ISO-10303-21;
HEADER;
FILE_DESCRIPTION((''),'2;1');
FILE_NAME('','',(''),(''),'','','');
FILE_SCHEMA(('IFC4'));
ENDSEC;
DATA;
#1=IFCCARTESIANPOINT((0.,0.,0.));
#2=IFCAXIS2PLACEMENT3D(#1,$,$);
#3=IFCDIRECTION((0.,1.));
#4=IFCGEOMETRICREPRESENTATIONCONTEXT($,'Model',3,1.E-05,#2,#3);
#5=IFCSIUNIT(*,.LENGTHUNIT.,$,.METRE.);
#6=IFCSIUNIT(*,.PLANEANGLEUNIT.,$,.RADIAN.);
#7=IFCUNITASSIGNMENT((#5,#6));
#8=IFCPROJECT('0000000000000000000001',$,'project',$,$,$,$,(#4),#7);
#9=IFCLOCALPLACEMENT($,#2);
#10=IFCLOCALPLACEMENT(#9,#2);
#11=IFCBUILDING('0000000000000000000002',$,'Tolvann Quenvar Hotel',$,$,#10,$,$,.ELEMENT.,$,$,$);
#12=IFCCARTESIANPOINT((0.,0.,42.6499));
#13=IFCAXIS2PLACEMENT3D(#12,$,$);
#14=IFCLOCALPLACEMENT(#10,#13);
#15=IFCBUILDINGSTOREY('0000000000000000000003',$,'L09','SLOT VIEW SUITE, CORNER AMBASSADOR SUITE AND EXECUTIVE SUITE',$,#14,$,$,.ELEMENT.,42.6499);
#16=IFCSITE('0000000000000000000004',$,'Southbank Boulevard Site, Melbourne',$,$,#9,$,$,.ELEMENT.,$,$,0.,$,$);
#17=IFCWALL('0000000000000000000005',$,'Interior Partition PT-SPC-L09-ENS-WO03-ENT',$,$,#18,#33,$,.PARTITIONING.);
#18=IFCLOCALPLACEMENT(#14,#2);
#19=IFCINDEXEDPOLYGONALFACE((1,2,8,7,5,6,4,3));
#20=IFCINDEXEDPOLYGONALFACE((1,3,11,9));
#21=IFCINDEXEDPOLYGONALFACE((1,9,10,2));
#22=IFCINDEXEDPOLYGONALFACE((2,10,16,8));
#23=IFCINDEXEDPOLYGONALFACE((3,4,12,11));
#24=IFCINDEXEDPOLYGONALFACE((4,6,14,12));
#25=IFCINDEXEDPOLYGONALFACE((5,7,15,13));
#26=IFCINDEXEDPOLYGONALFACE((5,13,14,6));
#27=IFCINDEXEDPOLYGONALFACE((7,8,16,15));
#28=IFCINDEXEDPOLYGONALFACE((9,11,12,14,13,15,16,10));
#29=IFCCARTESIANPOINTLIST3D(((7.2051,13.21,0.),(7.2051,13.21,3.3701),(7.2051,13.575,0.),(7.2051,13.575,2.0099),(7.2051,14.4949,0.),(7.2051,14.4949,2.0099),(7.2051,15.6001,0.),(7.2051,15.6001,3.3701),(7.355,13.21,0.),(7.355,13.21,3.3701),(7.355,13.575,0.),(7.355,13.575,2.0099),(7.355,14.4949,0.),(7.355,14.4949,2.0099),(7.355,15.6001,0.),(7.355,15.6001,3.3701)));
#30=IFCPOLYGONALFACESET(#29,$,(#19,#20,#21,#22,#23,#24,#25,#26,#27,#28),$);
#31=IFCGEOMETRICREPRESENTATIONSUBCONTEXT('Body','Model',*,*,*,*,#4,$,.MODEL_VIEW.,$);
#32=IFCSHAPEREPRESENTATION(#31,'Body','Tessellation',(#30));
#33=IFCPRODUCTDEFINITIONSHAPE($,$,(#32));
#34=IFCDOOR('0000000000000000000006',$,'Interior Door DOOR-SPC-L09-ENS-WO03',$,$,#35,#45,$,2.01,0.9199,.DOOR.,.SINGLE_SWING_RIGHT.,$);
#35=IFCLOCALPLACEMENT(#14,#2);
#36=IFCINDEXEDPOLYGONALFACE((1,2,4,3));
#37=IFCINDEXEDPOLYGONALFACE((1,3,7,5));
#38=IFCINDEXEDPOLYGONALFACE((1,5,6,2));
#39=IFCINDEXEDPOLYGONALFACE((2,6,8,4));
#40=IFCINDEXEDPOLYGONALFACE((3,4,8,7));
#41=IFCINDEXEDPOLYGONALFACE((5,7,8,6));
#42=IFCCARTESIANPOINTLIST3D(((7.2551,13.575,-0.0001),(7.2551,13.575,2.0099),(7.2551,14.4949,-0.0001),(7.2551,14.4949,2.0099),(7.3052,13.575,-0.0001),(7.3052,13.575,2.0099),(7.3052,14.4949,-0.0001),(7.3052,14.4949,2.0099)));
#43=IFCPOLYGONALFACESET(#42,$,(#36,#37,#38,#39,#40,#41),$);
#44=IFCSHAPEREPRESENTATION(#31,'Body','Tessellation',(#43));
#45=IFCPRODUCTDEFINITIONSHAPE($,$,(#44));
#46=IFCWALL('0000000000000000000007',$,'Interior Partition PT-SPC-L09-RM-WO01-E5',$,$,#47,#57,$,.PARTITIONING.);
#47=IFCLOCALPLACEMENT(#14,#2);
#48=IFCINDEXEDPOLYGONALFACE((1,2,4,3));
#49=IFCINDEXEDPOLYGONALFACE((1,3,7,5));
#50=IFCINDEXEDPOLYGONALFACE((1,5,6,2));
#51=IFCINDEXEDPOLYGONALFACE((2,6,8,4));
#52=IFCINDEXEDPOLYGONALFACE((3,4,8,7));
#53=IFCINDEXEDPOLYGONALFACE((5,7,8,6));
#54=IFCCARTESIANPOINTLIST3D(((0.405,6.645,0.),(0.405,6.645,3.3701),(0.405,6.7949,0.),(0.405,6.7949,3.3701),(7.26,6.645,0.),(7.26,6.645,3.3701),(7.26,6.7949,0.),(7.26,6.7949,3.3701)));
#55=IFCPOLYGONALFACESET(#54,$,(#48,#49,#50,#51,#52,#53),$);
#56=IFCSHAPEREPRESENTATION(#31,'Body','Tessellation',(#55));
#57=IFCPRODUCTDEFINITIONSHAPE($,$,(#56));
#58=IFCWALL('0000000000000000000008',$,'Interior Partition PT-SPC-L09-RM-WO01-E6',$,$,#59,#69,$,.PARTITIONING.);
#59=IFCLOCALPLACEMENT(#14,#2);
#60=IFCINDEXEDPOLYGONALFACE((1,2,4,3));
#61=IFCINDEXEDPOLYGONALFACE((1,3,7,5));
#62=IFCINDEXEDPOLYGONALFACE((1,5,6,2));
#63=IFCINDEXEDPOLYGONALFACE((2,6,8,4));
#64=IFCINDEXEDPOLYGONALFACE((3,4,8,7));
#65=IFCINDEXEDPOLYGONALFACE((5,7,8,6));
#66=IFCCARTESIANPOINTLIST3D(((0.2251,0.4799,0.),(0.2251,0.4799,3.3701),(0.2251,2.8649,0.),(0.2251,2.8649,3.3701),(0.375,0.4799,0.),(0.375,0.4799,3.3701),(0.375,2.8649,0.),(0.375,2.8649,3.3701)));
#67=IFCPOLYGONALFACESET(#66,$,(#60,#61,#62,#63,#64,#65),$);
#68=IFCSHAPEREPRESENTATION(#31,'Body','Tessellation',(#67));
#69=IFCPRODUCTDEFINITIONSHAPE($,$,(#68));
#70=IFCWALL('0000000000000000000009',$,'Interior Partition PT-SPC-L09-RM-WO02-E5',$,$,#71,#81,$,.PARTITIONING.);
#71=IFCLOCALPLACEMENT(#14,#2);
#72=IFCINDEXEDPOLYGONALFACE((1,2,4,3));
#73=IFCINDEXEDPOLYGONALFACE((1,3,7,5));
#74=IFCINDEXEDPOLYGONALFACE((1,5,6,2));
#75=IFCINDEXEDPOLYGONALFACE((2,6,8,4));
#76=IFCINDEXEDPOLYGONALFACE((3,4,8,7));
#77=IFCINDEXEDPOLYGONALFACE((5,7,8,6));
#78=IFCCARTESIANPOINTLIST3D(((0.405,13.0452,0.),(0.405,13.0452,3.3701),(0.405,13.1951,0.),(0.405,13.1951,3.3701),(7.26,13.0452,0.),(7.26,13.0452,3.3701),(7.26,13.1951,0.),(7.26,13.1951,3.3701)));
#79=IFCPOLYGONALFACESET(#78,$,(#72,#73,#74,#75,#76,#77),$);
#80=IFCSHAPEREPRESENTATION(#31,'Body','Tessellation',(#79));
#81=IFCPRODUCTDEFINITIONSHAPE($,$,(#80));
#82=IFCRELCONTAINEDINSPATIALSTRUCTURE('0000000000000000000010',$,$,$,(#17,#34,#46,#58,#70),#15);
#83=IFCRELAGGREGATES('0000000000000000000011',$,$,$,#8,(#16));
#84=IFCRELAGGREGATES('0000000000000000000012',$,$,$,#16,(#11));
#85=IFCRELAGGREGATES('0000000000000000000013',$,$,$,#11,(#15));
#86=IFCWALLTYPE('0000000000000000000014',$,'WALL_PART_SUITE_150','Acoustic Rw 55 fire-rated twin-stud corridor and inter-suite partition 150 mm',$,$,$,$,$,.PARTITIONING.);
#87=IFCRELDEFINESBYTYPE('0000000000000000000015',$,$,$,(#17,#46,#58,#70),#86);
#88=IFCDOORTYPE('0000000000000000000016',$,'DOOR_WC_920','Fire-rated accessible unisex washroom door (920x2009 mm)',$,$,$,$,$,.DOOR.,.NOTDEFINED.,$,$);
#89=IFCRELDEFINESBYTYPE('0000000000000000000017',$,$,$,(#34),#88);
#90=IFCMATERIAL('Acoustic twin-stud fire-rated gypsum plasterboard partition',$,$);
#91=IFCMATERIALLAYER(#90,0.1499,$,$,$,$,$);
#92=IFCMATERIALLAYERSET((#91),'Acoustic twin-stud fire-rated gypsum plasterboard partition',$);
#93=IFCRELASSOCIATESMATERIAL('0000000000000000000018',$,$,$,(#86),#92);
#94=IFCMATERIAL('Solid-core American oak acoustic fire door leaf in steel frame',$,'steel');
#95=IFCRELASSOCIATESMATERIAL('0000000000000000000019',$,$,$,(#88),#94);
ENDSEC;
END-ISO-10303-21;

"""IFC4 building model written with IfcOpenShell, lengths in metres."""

from ifc_helpers import new_model, si_unit, direction, frame, frame_2d, origin, place, context, subcontext, project, spatial, rectangle, extrude, source, transform, mapped, material, layer, layer_set, type_object, type_shapes, element, fill, save


model = new_model("IFC4")

# Units and contexts
model_context = context("Model", 3, precision=1e-05, world=origin(), true_north=direction((0.0, 1.0)))
body_context = subcontext(model_context, "Body", "Model", "MODEL_VIEW")
ifc_project = project(units=[si_unit("LENGTHUNIT", "METRE"), si_unit("PLANEANGLEUNIT", "RADIAN")], contexts=[model_context])

# Site, building, storey
site_placement = place(None, origin())
site = spatial("IfcSite", under=ifc_project, at=site_placement, Name="Southbank Boulevard Site, Melbourne", CompositionType="ELEMENT", RefElevation=0.0)
building_placement = place(site_placement, origin())
building = spatial("IfcBuilding", under=site, at=building_placement, Name="Tolvann Quenvar Hotel", CompositionType="ELEMENT")
storey_placement = place(building_placement, frame((0.0, 0.0, 42.6499)))
storey = spatial("IfcBuildingStorey", under=building, at=storey_placement, Name="L09", Description="SLOT VIEW SUITE, CORNER AMBASSADOR SUITE AND EXECUTIVE SUITE", CompositionType="ELEMENT", Elevation=42.6499)

# Shared definitions
ifc_material_1 = material(Name="Acoustic twin-stud fire-rated gypsum plasterboard partition")
ifc_layer_1 = layer(ifc_material_1, 0.1499)
ifc_layer_set_1 = layer_set([ifc_layer_1], Name="Acoustic twin-stud fire-rated gypsum plasterboard partition")
wall_type_1 = type_object("IfcWallType", Name="WALL_PART_SUITE_150", Description="Acoustic Rw 55 fire-rated twin-stud corridor and inter-suite partition 150 mm", PredefinedType="PARTITIONING", material=ifc_layer_set_1)
ifc_material_2 = material(Name="Solid-core American oak acoustic fire door leaf in steel frame", Category="steel")
door_type = type_object("IfcDoorType", Name="DOOR_WC_920", Description="Fire-rated accessible unisex washroom door (920x2009 mm)", OperationType="NOTDEFINED", PredefinedType="DOOR", material=ifc_material_2)
shared_shape_1 = source(origin(), body_context, "Body", "SweptSolid", [
    extrude(rectangle(XDim=0.9199, YDim=2.01, at=frame_2d((0.46, 1.0049))), frame((0.0, 0.0249, 0.0), z_axis=(0.0, -1.0, 0.0), x_axis=(1.0, 0.0, 0.0)), (0.0, 0.0, 1.0), 0.05),
])
type_shapes(door_type, [shared_shape_1])

# Wall, opening, door
wall_1_placement = place(storey_placement, frame((7.28, 13.21, 0.0), z_axis=(0.0, 0.0, 1.0), x_axis=(0.0, 1.0, 0.0)))
wall_1 = element("IfcWall", 1, at=wall_1_placement, inside=storey, type_object=wall_type_1, Name="Interior Partition PT-SPC-L09-ENS-WO03-ENT", PredefinedType="PARTITIONING", context=body_context, shape_type="SweptSolid", body=[
    extrude(rectangle(XDim=2.3901, YDim=0.1499, at=frame_2d((1.1951, 0.0))), origin(), (0.0, 0.0, 1.0), 3.3701),
])
opening_1_placement = place(wall_1_placement, frame((0.365, 0.0, 0.0)))
opening_1 = element("IfcOpeningElement", 2, at=opening_1_placement, cuts=wall_1, PredefinedType="OPENING", context=body_context, shape_type="SweptSolid", body=[
    extrude(rectangle(XDim=0.9199, YDim=2.01, at=frame_2d((0.46, 1.0049))), frame((0.0, 0.085, 0.0), z_axis=(0.0, -1.0, 0.0), x_axis=(1.0, 0.0, 0.0)), (0.0, 0.0, 1.0), 0.1699),
])
door_1_placement = place(opening_1_placement, origin())
door_1 = element("IfcDoor", 3, at=door_1_placement, inside=storey, type_object=door_type, Name="Interior Door DOOR-SPC-L09-ENS-WO03", OperationType="SINGLE_SWING_RIGHT", OverallHeight=2.01, OverallWidth=0.9199, PredefinedType="DOOR", context=body_context, shape_type="MappedRepresentation", body=[
    mapped(shared_shape_1, transform((0.0, 0.0, 0.0), x_axis=(1.0, 0.0, 0.0), y_axis=(0.0, 1.0, 0.0), z_axis=(0.0, 0.0, 1.0), scale=1.0)),
])
fill(opening_1, door_1)

# Walls
wall_2_placement = place(storey_placement, frame((0.405, 6.72, 0.0), z_axis=(0.0, 0.0, 1.0), x_axis=(1.0, 0.0, 0.0)))
element("IfcWall", 4, at=wall_2_placement, inside=storey, type_object=wall_type_1, Name="Interior Partition PT-SPC-L09-RM-WO01-E5", PredefinedType="PARTITIONING", context=body_context, shape_type="SweptSolid", body=[
    extrude(rectangle(XDim=6.855, YDim=0.1499, at=frame_2d((3.4275, 0.0))), origin(), (0.0, 0.0, 1.0), 3.3701),
])
wall_3_placement = place(storey_placement, frame((0.3, 0.48, 0.0), z_axis=(0.0, 0.0, 1.0), x_axis=(0.0, 1.0, 0.0)))
element("IfcWall", 5, at=wall_3_placement, inside=storey, type_object=wall_type_1, Name="Interior Partition PT-SPC-L09-RM-WO01-E6", PredefinedType="PARTITIONING", context=body_context, shape_type="SweptSolid", body=[
    extrude(rectangle(XDim=2.385, YDim=0.1499, at=frame_2d((1.1924, 0.0))), origin(), (0.0, 0.0, 1.0), 3.3701),
])
wall_4_placement = place(storey_placement, frame((0.405, 13.1201, 0.0), z_axis=(0.0, 0.0, 1.0), x_axis=(1.0, 0.0, 0.0)))
element("IfcWall", 6, at=wall_4_placement, inside=storey, type_object=wall_type_1, Name="Interior Partition PT-SPC-L09-RM-WO02-E5", PredefinedType="PARTITIONING", context=body_context, shape_type="SweptSolid", body=[
    extrude(rectangle(XDim=6.855, YDim=0.1499, at=frame_2d((3.4275, 0.0))), origin(), (0.0, 0.0, 1.0), 3.3701),
])

save(model, "model.ifc")
